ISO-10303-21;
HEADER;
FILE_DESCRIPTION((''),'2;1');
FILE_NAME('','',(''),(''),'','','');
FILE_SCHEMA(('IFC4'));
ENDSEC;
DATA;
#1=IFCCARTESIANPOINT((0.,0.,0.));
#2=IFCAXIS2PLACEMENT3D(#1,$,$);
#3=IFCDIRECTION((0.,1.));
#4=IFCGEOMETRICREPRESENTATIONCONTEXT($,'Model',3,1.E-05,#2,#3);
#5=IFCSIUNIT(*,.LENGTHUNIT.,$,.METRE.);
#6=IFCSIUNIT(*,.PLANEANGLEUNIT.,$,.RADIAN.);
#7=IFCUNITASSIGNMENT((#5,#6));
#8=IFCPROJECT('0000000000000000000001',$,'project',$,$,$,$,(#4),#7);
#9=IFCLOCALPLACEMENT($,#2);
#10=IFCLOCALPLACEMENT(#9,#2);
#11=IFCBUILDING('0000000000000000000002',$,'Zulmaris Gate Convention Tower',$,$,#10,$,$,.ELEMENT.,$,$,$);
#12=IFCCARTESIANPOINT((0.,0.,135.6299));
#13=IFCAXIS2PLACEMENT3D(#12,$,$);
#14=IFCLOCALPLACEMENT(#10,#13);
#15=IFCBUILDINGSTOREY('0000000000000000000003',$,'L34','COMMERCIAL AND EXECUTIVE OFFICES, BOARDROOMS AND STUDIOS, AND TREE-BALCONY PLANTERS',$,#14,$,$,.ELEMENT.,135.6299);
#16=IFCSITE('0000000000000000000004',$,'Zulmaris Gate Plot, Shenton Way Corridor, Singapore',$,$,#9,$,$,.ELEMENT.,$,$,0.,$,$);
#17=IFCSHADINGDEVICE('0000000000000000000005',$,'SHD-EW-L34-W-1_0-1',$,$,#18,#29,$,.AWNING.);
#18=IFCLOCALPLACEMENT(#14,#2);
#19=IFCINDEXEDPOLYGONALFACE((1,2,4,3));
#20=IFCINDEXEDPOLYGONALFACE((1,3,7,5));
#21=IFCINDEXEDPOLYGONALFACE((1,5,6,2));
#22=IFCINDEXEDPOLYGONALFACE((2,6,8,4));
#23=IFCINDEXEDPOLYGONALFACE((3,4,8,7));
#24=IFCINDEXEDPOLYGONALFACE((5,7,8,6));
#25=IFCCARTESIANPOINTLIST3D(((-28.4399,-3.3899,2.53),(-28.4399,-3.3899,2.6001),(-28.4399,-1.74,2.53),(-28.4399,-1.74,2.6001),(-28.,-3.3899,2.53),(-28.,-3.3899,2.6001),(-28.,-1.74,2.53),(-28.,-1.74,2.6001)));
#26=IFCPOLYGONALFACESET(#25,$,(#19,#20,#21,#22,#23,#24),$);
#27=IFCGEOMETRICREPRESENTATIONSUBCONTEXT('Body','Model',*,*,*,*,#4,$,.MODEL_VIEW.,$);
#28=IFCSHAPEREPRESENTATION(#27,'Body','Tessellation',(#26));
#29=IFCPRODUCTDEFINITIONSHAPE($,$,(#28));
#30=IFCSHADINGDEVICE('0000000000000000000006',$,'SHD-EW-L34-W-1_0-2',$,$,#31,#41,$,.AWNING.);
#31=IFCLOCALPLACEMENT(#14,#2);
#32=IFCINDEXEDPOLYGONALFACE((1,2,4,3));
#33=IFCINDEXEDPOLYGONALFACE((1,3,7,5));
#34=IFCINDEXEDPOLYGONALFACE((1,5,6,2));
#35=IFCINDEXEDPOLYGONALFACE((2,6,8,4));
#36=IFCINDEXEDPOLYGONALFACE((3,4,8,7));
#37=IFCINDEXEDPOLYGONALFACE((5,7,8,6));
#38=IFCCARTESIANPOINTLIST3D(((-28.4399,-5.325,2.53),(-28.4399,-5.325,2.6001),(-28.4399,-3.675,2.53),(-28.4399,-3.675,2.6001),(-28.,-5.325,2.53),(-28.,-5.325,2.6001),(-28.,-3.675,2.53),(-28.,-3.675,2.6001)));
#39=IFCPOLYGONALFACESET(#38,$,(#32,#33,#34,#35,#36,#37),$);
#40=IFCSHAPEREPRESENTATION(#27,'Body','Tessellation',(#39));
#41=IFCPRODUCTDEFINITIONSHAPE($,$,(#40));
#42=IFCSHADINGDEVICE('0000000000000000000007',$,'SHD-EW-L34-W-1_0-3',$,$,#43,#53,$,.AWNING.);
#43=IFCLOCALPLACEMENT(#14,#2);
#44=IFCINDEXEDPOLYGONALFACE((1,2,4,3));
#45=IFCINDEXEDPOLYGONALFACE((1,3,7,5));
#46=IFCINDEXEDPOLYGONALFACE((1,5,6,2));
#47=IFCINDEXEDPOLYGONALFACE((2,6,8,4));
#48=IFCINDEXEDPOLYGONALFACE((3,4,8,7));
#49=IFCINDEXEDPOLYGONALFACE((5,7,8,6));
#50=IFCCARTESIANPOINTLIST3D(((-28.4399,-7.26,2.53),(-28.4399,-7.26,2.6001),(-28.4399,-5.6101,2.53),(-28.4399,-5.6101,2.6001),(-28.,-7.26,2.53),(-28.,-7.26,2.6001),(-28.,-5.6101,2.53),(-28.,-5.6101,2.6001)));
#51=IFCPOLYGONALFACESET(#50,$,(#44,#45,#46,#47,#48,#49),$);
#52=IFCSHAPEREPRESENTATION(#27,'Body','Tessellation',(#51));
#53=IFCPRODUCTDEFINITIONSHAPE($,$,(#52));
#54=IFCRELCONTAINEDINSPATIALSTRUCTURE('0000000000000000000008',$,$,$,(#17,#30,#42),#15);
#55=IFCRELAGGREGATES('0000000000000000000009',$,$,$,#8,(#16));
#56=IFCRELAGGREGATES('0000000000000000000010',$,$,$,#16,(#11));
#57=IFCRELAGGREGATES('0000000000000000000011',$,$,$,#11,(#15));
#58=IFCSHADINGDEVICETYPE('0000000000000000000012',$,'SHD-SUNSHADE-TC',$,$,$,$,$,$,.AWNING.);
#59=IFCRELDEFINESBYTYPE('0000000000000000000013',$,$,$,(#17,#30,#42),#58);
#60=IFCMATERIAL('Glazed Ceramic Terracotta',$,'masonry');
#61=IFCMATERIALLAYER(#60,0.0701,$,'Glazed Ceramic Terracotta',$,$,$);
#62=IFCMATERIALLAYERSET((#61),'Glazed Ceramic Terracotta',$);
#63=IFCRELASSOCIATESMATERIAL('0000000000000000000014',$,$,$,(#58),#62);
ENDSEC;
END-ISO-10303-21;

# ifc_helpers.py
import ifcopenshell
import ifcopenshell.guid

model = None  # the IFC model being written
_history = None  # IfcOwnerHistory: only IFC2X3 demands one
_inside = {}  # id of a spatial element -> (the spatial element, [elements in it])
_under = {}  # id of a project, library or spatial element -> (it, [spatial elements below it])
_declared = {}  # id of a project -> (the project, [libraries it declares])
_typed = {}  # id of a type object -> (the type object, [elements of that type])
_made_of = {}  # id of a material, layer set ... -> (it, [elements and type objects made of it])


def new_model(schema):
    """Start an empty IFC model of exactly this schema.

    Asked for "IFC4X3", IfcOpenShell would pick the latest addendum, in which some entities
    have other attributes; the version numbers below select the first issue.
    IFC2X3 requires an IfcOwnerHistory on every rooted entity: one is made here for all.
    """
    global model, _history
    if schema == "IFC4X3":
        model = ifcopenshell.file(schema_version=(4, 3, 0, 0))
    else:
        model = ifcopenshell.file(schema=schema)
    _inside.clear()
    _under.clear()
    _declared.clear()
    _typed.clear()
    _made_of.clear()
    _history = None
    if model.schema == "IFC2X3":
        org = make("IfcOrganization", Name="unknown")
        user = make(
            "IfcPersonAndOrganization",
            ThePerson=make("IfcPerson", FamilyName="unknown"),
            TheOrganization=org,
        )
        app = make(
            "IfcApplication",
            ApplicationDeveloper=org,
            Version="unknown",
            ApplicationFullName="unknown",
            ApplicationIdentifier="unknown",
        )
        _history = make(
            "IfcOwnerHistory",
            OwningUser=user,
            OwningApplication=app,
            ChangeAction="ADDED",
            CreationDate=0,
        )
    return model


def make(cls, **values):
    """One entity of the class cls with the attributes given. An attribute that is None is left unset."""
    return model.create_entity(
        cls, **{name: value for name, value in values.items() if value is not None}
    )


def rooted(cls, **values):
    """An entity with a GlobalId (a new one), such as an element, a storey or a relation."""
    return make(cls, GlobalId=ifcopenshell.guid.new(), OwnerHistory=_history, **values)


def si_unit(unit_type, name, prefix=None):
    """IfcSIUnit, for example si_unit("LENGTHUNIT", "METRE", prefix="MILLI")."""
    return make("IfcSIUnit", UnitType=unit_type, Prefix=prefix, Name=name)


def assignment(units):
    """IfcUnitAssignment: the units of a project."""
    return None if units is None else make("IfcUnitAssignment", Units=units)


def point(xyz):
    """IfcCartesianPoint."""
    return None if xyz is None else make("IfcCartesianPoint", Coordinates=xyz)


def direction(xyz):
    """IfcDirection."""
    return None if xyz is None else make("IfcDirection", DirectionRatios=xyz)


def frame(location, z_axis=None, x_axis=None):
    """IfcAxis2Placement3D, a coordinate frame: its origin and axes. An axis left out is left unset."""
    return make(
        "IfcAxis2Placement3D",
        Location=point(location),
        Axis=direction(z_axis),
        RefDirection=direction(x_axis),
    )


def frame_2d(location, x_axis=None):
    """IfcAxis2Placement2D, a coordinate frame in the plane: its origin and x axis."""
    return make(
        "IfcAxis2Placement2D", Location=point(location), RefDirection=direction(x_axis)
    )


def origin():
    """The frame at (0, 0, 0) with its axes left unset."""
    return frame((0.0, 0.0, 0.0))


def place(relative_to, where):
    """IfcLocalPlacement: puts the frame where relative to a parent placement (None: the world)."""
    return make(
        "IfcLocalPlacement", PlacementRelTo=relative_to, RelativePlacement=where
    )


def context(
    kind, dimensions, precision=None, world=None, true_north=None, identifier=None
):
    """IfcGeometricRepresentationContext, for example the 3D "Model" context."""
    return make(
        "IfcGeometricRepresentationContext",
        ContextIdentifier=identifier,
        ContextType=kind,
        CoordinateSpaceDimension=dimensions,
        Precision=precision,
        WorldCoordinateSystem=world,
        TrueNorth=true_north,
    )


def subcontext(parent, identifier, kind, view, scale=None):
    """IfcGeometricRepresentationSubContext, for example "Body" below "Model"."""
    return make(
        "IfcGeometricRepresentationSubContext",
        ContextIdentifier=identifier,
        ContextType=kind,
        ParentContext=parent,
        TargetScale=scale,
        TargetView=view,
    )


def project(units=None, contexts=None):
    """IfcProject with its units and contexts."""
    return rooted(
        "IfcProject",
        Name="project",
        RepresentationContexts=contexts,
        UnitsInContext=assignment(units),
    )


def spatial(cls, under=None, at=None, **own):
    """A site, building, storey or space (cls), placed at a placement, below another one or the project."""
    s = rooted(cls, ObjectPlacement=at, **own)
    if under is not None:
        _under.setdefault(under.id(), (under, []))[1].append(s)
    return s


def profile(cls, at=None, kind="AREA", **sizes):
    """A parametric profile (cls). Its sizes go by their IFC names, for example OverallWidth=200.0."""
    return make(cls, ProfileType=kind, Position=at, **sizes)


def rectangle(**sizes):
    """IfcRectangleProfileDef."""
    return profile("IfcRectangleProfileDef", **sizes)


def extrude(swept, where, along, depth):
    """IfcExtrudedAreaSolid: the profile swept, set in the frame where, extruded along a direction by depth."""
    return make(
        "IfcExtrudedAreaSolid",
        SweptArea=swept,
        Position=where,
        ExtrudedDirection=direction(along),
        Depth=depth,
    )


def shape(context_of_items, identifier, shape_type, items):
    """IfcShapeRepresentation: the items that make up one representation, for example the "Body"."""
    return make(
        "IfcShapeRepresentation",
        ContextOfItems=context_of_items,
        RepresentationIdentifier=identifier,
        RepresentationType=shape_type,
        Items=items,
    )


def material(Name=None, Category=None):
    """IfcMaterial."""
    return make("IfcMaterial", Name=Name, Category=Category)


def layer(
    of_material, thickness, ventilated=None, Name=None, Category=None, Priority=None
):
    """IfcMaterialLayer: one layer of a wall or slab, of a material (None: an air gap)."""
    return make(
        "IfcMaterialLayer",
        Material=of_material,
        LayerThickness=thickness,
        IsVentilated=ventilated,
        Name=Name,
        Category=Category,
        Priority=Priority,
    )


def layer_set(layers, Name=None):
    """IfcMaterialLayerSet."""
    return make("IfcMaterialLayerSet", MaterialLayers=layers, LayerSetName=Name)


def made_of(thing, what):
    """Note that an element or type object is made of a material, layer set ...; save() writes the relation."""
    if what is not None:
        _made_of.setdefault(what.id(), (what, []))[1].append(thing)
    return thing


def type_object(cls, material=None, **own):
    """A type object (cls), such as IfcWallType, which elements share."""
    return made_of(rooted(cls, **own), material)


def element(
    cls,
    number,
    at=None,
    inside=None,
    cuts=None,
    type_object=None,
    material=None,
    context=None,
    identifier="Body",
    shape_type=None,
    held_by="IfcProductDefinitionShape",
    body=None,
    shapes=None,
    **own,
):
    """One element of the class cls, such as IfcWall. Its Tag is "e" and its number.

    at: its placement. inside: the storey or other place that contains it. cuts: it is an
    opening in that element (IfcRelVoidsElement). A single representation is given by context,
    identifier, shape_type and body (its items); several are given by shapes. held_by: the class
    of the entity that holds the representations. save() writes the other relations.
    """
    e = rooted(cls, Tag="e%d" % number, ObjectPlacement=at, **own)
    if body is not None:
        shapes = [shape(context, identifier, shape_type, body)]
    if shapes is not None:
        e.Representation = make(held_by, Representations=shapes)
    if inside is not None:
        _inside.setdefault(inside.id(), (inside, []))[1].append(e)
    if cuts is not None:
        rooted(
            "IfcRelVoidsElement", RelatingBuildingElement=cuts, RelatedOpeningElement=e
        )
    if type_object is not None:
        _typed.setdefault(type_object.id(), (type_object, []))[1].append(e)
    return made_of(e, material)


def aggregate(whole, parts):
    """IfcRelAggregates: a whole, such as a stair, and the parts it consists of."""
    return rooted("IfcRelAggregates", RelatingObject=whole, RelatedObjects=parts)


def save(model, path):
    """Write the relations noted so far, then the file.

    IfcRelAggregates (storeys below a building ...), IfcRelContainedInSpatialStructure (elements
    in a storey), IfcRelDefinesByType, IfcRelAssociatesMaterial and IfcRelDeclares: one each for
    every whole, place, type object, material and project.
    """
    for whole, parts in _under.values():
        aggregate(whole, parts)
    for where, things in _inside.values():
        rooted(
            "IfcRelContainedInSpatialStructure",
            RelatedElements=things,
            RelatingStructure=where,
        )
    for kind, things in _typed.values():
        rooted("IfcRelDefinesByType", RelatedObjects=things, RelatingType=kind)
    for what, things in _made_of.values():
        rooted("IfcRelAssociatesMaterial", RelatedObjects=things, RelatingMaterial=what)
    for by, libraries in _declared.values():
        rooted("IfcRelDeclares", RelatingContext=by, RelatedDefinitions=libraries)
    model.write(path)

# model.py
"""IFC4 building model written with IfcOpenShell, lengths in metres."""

from ifc_helpers import new_model, si_unit, direction, frame, frame_2d, origin, place, context, subcontext, project, spatial, rectangle, extrude, material, layer, layer_set, type_object, element, save


model = new_model("IFC4")

# Units and contexts
model_context = context("Model", 3, precision=1e-05, world=origin(), true_north=direction((0.0, 1.0)))
body_context = subcontext(model_context, "Body", "Model", "MODEL_VIEW")
ifc_project = project(units=[si_unit("LENGTHUNIT", "METRE"), si_unit("PLANEANGLEUNIT", "RADIAN")], contexts=[model_context])

# Site, building, storey
site_placement = place(None, origin())
site = spatial("IfcSite", under=ifc_project, at=site_placement, Name="Zulmaris Gate Plot, Shenton Way Corridor, Singapore", CompositionType="ELEMENT", RefElevation=0.0)
building_placement = place(site_placement, origin())
building = spatial("IfcBuilding", under=site, at=building_placement, Name="Zulmaris Gate Convention Tower", CompositionType="ELEMENT")
storey_placement = place(building_placement, frame((0.0, 0.0, 135.6299)))
storey = spatial("IfcBuildingStorey", under=building, at=storey_placement, Name="L34", Description="COMMERCIAL AND EXECUTIVE OFFICES, BOARDROOMS AND STUDIOS, AND TREE-BALCONY PLANTERS", CompositionType="ELEMENT", Elevation=135.6299)

# Shading devices
ifc_material_1 = material(Name="Glazed Ceramic Terracotta", Category="masonry")
ifc_layer_1 = layer(ifc_material_1, 0.0701, Name="Glazed Ceramic Terracotta")
ifc_layer_set_1 = layer_set([ifc_layer_1], Name="Glazed Ceramic Terracotta")
shading_device_type = type_object("IfcShadingDeviceType", Name="SHD-SUNSHADE-TC", PredefinedType="AWNING", material=ifc_layer_set_1)
for number, where, z_axis, x_axis, name in (
    (1, (-28.22, -1.74, 2.53), (0.0, 0.0, 1.0), (0.0, -1.0, 0.0), "SHD-EW-L34-W-1_0-1"),
    (2, (-28.22, -3.675, 2.53), (0.0, 0.0, 1.0), (0.0, -1.0, 0.0), "SHD-EW-L34-W-1_0-2"),
    (3, (-28.22, -5.6101, 2.53), (0.0, 0.0, 1.0), (0.0, -1.0, 0.0), "SHD-EW-L34-W-1_0-3"),
):
    element("IfcShadingDevice", number, at=place(storey_placement, frame(where, z_axis=z_axis, x_axis=x_axis)), inside=storey, type_object=shading_device_type, Name=name, PredefinedType="AWNING", context=body_context, shape_type="SweptSolid", body=[
        extrude(rectangle(XDim=1.6499, YDim=0.4399, at=frame_2d((0.825, 0.0))), origin(), (0.0, 0.0, 1.0), 0.0701),
    ])

save(model, "model.ifc")
